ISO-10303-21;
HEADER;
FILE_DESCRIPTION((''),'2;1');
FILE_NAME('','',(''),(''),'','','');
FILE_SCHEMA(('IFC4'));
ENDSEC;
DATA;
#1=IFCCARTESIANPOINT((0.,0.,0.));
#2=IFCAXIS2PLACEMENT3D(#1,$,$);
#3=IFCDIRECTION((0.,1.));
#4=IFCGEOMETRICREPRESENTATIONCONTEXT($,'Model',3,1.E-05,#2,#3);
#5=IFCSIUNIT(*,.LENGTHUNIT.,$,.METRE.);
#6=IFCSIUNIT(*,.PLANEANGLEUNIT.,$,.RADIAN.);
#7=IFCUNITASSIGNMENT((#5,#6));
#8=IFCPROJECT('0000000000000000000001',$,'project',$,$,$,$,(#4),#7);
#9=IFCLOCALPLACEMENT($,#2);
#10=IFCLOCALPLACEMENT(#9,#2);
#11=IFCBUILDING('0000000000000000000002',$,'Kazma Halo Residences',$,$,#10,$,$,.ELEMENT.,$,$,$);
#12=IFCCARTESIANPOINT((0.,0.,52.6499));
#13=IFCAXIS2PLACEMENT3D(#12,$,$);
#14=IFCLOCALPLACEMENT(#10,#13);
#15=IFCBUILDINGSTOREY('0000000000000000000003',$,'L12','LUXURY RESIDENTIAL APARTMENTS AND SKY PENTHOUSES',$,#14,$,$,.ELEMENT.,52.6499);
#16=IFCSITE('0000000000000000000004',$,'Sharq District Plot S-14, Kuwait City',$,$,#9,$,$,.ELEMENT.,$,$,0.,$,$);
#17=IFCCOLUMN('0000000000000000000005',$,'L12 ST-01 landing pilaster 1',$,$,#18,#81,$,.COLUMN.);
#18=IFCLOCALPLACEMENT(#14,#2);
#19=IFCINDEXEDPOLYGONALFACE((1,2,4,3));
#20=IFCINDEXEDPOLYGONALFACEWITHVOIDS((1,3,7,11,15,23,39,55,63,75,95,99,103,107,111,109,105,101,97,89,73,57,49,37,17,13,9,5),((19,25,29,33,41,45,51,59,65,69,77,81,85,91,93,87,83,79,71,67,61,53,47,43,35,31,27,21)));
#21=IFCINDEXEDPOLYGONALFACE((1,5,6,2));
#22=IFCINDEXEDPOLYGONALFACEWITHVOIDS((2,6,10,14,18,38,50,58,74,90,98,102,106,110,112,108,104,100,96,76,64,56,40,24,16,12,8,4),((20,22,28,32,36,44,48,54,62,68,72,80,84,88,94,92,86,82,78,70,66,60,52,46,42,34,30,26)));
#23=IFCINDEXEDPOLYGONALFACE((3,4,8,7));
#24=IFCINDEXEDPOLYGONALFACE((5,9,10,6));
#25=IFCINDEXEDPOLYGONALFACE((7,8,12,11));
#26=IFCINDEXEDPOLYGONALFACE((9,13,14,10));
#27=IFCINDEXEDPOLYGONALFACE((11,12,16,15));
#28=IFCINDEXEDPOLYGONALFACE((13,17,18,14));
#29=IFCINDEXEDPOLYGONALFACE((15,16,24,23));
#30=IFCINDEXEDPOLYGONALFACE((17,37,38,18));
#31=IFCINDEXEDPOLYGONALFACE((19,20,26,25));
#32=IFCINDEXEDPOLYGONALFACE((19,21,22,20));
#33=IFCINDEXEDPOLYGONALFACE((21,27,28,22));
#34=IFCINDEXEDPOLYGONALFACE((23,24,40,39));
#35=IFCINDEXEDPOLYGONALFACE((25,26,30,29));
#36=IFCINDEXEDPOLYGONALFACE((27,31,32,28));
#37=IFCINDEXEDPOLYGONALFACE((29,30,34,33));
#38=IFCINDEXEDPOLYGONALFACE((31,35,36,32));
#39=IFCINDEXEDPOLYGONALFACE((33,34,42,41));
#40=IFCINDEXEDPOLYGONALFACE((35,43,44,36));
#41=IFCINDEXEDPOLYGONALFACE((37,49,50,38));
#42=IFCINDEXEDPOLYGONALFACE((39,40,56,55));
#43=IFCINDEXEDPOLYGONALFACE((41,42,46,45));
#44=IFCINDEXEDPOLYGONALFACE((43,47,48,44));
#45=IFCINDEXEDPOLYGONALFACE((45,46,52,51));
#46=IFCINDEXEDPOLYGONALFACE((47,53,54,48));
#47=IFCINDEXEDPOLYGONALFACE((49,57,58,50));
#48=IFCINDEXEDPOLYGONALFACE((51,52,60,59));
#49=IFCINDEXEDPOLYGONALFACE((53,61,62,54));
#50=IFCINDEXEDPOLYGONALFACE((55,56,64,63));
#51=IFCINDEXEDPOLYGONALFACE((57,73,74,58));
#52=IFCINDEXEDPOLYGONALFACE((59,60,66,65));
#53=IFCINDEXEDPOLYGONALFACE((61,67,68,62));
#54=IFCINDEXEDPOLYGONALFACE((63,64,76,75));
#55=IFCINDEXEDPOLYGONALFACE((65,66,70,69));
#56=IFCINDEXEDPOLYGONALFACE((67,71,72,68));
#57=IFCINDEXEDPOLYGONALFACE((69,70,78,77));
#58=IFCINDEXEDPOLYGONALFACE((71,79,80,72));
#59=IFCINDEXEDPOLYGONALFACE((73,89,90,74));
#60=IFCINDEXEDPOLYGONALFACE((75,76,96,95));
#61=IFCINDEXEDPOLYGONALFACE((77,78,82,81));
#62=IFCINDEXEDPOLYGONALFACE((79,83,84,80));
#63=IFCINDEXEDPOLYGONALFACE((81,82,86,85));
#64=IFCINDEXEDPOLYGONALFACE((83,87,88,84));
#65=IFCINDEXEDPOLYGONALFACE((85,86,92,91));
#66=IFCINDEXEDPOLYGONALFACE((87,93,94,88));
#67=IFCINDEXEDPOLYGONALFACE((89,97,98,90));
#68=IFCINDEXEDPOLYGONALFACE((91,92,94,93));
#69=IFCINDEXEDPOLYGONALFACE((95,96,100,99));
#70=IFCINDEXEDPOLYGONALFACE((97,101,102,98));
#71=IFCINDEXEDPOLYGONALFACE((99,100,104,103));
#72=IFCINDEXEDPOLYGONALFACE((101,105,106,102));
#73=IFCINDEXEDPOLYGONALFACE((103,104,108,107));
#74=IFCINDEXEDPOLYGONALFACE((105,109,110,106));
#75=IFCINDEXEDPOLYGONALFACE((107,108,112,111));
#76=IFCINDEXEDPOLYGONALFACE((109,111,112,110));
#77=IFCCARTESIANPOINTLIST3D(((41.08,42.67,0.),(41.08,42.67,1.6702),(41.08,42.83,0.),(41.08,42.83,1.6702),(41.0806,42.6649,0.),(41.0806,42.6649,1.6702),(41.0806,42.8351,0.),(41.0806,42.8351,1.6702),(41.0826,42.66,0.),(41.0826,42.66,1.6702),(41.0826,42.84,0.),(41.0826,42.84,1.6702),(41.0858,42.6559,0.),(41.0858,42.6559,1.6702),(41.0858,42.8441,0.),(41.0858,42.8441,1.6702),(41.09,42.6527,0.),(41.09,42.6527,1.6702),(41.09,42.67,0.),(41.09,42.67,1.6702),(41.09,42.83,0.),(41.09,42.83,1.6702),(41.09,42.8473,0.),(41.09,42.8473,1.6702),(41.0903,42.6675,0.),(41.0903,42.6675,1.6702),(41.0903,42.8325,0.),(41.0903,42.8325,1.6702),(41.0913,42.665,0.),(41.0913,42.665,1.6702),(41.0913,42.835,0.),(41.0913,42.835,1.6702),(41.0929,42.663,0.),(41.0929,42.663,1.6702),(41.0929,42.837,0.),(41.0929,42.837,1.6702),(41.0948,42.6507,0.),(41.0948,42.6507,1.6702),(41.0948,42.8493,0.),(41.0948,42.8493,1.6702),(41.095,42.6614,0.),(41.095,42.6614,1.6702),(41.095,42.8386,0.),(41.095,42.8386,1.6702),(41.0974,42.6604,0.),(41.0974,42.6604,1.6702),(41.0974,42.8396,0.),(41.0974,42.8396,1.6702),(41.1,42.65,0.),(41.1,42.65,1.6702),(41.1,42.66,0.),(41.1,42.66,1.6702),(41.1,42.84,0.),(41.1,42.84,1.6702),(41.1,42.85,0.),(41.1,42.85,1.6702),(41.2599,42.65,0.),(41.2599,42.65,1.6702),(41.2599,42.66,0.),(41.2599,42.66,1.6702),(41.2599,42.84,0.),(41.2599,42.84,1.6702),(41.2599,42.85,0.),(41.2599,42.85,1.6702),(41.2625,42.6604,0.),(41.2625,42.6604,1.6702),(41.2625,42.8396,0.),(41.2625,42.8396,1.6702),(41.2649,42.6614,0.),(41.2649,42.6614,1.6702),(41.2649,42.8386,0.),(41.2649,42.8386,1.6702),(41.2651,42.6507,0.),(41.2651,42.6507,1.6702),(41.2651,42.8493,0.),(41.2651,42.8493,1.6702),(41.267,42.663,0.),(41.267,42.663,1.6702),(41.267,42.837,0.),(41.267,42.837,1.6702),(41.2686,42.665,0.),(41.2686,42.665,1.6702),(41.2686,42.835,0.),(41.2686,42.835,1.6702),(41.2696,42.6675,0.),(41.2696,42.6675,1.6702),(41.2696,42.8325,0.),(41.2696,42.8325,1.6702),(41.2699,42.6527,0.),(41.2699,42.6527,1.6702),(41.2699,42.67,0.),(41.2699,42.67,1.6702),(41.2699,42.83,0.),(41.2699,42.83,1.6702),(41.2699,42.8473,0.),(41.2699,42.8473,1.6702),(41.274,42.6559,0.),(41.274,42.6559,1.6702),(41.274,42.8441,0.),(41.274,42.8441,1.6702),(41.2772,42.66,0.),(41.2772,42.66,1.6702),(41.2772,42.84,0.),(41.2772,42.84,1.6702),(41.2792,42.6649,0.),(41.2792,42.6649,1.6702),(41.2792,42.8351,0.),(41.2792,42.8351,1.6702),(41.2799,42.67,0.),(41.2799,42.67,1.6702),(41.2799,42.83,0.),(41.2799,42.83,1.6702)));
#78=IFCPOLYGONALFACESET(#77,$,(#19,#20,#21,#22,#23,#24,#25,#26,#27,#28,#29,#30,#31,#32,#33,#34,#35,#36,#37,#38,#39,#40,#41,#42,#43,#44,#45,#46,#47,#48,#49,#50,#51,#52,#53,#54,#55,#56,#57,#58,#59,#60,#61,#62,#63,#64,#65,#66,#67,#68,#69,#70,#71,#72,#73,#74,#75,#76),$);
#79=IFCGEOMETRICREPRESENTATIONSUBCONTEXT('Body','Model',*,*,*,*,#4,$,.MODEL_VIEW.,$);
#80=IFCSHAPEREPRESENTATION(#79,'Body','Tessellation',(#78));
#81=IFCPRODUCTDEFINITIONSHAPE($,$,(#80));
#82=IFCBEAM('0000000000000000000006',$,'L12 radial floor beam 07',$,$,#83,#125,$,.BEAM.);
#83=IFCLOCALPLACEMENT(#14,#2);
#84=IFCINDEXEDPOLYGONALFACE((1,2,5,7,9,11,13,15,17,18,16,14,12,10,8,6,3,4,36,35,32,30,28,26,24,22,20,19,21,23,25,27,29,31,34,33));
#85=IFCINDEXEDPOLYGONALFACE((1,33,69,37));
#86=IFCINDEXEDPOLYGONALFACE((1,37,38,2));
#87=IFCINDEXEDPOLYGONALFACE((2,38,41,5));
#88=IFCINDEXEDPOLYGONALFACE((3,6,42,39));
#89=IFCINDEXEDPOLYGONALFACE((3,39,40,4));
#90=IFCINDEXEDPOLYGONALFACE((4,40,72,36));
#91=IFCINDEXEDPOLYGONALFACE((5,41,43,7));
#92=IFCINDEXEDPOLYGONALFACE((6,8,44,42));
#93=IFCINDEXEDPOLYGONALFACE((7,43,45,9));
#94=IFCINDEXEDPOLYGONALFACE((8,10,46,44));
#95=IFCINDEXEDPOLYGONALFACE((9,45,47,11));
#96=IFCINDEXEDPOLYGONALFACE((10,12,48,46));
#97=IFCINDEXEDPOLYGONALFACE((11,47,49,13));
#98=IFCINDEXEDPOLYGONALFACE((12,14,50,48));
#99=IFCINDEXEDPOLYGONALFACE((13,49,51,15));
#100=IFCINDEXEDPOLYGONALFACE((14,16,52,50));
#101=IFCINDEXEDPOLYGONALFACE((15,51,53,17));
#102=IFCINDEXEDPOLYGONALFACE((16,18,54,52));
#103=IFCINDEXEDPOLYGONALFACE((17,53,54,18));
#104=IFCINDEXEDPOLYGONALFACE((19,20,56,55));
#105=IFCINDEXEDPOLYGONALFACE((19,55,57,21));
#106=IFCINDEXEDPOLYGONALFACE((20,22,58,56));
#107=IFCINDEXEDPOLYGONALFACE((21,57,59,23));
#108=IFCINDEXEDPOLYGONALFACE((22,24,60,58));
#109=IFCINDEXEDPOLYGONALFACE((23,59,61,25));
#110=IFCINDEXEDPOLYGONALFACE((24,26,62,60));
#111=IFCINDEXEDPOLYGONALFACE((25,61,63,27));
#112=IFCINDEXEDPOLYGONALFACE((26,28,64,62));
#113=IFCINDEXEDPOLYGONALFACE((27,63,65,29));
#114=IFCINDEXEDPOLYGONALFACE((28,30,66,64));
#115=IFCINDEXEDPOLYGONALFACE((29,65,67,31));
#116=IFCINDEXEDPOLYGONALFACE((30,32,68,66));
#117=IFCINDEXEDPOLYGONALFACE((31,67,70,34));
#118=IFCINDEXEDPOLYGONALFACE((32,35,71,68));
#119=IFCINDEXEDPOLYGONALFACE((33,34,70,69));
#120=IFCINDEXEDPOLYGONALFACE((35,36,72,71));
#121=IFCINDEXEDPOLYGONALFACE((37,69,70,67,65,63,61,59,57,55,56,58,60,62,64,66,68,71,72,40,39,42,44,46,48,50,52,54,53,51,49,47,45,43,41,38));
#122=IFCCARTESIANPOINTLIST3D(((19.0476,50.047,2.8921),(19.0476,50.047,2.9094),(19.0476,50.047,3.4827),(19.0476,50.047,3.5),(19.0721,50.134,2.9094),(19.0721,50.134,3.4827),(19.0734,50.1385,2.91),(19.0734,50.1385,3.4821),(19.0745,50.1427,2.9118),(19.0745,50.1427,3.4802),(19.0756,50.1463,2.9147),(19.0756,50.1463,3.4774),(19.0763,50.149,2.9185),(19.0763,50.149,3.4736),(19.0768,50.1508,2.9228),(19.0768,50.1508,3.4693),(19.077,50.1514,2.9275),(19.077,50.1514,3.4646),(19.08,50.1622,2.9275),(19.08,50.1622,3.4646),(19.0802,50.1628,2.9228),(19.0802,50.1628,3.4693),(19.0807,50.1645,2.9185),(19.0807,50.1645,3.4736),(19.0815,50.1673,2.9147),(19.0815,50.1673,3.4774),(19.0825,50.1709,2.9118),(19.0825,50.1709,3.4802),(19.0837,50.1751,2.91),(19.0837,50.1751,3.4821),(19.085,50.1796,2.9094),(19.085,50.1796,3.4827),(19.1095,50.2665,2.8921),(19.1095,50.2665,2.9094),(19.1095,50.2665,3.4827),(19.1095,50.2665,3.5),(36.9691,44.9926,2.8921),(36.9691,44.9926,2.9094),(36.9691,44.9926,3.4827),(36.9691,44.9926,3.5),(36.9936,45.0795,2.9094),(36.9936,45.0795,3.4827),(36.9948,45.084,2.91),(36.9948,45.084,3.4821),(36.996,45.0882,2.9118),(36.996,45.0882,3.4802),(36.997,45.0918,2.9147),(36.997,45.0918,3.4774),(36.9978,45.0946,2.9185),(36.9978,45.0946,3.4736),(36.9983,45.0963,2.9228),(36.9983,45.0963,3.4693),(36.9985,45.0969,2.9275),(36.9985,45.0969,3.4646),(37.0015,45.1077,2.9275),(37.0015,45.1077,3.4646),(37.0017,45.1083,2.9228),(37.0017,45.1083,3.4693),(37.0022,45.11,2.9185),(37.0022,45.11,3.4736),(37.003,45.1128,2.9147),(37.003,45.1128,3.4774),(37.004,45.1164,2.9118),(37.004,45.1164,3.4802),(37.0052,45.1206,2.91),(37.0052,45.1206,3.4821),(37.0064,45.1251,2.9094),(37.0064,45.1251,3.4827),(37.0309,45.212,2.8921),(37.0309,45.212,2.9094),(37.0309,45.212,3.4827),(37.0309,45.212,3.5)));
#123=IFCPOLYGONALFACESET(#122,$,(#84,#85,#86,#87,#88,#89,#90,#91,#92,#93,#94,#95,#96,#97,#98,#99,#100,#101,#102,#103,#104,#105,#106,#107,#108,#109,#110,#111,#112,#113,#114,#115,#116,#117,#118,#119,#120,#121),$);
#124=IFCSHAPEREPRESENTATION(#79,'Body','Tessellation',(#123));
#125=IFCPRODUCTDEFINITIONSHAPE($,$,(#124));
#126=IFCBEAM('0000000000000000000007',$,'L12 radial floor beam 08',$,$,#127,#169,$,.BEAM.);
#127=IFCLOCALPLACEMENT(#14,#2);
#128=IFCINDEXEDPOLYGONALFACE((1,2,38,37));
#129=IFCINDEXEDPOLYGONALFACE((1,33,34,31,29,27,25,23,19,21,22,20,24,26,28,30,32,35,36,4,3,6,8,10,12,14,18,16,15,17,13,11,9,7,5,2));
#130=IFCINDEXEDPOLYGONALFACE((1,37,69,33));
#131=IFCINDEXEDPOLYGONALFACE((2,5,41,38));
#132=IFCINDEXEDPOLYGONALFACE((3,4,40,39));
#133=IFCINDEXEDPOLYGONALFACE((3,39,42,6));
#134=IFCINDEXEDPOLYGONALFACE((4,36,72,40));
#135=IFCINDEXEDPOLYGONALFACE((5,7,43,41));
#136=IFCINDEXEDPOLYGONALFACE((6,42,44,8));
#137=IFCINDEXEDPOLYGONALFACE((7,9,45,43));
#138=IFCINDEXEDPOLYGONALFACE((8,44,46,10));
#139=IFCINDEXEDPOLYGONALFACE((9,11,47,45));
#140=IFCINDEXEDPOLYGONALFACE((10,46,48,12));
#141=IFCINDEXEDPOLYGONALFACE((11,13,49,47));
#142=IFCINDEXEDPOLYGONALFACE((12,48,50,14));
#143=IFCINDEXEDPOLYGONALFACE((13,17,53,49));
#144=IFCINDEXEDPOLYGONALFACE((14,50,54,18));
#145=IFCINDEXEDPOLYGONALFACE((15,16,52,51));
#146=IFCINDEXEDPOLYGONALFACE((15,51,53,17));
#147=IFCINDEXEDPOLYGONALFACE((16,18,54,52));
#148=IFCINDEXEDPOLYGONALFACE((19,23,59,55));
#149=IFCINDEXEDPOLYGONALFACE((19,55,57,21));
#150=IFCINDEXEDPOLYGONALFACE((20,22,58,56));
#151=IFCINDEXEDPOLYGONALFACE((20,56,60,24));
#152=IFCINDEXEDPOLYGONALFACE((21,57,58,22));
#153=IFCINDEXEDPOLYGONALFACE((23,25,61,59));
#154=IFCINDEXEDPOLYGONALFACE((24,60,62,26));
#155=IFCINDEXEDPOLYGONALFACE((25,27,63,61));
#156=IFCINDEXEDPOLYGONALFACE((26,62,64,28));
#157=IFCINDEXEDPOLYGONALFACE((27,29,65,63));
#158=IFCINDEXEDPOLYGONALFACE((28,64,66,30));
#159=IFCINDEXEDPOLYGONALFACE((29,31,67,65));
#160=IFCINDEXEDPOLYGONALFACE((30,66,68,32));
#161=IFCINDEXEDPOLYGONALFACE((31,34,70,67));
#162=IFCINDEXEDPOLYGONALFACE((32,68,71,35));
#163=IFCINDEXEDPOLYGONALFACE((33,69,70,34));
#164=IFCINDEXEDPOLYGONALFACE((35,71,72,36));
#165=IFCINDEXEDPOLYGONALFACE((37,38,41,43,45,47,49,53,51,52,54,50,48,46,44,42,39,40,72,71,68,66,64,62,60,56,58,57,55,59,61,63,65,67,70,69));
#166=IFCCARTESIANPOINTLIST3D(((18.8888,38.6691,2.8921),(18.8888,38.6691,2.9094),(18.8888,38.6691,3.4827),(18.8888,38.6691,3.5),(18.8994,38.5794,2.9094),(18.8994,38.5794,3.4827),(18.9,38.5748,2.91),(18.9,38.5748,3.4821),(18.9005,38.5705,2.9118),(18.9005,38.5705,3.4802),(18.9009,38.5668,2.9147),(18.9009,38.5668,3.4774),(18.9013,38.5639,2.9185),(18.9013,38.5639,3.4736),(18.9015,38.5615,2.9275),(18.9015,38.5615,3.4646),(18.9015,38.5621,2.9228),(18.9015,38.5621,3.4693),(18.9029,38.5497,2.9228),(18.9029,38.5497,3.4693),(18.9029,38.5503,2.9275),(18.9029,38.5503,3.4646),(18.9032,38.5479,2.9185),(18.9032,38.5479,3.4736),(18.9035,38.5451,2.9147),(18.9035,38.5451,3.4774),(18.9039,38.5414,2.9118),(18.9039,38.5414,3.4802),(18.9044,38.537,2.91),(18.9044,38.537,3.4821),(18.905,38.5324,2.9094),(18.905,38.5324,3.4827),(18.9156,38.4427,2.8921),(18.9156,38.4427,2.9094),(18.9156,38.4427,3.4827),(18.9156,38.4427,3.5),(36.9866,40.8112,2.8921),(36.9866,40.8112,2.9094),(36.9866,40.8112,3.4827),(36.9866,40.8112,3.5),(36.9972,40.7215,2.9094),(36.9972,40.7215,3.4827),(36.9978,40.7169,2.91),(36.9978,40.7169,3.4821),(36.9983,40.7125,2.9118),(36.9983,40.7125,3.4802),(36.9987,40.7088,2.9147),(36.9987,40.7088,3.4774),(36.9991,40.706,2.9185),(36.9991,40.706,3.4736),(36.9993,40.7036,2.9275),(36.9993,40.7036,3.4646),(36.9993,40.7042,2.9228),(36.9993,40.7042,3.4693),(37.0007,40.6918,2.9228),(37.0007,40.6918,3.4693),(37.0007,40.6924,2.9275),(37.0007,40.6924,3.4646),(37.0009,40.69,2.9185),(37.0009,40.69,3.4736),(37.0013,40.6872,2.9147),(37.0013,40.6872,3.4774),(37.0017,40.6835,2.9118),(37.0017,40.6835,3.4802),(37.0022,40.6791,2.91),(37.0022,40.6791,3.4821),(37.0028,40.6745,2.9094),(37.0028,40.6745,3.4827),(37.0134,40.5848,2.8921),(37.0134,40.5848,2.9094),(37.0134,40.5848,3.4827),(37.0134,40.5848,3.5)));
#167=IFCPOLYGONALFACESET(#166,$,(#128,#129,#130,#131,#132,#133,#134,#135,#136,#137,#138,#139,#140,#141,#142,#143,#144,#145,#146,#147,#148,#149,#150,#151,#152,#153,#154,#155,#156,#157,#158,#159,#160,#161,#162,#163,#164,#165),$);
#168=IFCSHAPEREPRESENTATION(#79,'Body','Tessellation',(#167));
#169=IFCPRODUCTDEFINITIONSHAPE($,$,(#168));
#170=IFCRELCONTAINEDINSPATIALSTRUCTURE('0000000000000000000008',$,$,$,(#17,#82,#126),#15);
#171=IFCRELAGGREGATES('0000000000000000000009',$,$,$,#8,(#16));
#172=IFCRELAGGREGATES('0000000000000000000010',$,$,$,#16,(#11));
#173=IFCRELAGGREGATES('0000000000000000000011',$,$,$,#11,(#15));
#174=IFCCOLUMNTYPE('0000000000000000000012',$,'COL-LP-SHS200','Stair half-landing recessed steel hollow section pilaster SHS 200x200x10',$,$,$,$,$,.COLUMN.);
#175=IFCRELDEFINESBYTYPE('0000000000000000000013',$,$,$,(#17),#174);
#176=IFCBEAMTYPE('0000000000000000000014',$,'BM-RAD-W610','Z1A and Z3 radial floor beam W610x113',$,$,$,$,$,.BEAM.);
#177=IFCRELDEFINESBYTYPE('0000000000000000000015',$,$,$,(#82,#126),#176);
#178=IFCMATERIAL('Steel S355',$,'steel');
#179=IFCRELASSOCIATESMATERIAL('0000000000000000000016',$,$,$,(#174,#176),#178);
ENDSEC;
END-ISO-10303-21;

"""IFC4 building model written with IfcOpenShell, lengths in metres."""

from ifc_helpers import new_model, si_unit, direction, frame, origin, origin_2d, place, context, subcontext, project, spatial, hollow_rectangle, i_section, extrude, material, material_profile, profile_set, type_object, element, save


model = new_model("IFC4")

# Units and contexts
model_context = context("Model", 3, precision=1e-05, world=origin(), true_north=direction((0.0, 1.0)))
body_context = subcontext(model_context, "Body", "Model", "MODEL_VIEW")
ifc_project = project(units=[si_unit("LENGTHUNIT", "METRE"), si_unit("PLANEANGLEUNIT", "RADIAN")], contexts=[model_context])

# Site, building, storey
site_placement = place(None, origin())
site = spatial("IfcSite", under=ifc_project, at=site_placement, Name="Sharq District Plot S-14, Kuwait City", CompositionType="ELEMENT", RefElevation=0.0)
building_placement = place(site_placement, origin())
building = spatial("IfcBuilding", under=site, at=building_placement, Name="Kazma Halo Residences", CompositionType="ELEMENT")
storey_placement = place(building_placement, frame((0.0, 0.0, 52.6499)))
storey = spatial("IfcBuildingStorey", under=building, at=storey_placement, Name="L12", Description="LUXURY RESIDENTIAL APARTMENTS AND SKY PENTHOUSES", CompositionType="ELEMENT", Elevation=52.6499)

# Column
ifc_material_1 = material(Name="Steel S355", Category="steel")
ifc_material_profile_1 = material_profile(ifc_material_1, hollow_rectangle(XDim=0.2, YDim=0.2, WallThickness=0.01, InnerFilletRadius=0.01, OuterFilletRadius=0.02, at=origin_2d()), Name="SHS200x200x10")
ifc_profile_set_1 = profile_set([ifc_material_profile_1], Name="Steel S355")
column_type = type_object("IfcColumnType", Name="COL-LP-SHS200", Description="Stair half-landing recessed steel hollow section pilaster SHS 200x200x10", PredefinedType="COLUMN", material=ifc_profile_set_1)
column_placement = place(storey_placement, frame((41.1799, 42.75, 0.0), z_axis=(0.0, 0.0, 1.0), x_axis=(1.0, 0.0, 0.0)))
element("IfcColumn", 1, at=column_placement, inside=storey, type_object=column_type, Name="L12 ST-01 landing pilaster 1", PredefinedType="COLUMN", context=body_context, shape_type="SweptSolid", body=[
    extrude(hollow_rectangle(XDim=0.2, YDim=0.2, WallThickness=0.01, InnerFilletRadius=0.01, OuterFilletRadius=0.02, at=origin_2d()), origin(), (0.0, 0.0, 1.0), 1.6702),
])

# Beams
ifc_material_profile_2 = material_profile(ifc_material_1, i_section(OverallWidth=0.228, OverallDepth=0.6079, WebThickness=0.0112, FlangeThickness=0.0173, FilletRadius=0.0181, at=origin_2d()), Name="W610x113")
ifc_profile_set_2 = profile_set([ifc_material_profile_2], Name="Steel S355")
beam_type_1 = type_object("IfcBeamType", Name="BM-RAD-W610", Description="Z1A and Z3 radial floor beam W610x113", PredefinedType="BEAM", material=ifc_profile_set_2)
beam_1_placement = place(storey_placement, frame((37.0, 45.1023, 3.196), z_axis=(-0.962454, 0.271445, 0.0), x_axis=(-0.271445, -0.962454, 0.0)))
element("IfcBeam", 2, at=beam_1_placement, inside=storey, type_object=beam_type_1, Name="L12 radial floor beam 07", PredefinedType="BEAM", context=body_context, shape_type="SweptSolid", body=[
    extrude(i_section(OverallWidth=0.228, OverallDepth=0.6079, WebThickness=0.0112, FlangeThickness=0.0173, FilletRadius=0.0181, at=origin_2d()), origin(), (0.0, 0.0, 1.0), 18.6206),
])
beam_2_placement = place(storey_placement, frame((37.0, 40.698, 3.196), z_axis=(-0.993068, -0.117541, 0.0), x_axis=(0.117541, -0.993068, 0.0)))
element("IfcBeam", 3, at=beam_2_placement, inside=storey, type_object=beam_type_1, Name="L12 radial floor beam 08", PredefinedType="BEAM", context=body_context, shape_type="SweptSolid", body=[
    extrude(i_section(OverallWidth=0.228, OverallDepth=0.6079, WebThickness=0.0112, FlangeThickness=0.0173, FilletRadius=0.0181, at=origin_2d()), origin(), (0.0, 0.0, 1.0), 18.2241),
])

save(model, "model.ifc")
